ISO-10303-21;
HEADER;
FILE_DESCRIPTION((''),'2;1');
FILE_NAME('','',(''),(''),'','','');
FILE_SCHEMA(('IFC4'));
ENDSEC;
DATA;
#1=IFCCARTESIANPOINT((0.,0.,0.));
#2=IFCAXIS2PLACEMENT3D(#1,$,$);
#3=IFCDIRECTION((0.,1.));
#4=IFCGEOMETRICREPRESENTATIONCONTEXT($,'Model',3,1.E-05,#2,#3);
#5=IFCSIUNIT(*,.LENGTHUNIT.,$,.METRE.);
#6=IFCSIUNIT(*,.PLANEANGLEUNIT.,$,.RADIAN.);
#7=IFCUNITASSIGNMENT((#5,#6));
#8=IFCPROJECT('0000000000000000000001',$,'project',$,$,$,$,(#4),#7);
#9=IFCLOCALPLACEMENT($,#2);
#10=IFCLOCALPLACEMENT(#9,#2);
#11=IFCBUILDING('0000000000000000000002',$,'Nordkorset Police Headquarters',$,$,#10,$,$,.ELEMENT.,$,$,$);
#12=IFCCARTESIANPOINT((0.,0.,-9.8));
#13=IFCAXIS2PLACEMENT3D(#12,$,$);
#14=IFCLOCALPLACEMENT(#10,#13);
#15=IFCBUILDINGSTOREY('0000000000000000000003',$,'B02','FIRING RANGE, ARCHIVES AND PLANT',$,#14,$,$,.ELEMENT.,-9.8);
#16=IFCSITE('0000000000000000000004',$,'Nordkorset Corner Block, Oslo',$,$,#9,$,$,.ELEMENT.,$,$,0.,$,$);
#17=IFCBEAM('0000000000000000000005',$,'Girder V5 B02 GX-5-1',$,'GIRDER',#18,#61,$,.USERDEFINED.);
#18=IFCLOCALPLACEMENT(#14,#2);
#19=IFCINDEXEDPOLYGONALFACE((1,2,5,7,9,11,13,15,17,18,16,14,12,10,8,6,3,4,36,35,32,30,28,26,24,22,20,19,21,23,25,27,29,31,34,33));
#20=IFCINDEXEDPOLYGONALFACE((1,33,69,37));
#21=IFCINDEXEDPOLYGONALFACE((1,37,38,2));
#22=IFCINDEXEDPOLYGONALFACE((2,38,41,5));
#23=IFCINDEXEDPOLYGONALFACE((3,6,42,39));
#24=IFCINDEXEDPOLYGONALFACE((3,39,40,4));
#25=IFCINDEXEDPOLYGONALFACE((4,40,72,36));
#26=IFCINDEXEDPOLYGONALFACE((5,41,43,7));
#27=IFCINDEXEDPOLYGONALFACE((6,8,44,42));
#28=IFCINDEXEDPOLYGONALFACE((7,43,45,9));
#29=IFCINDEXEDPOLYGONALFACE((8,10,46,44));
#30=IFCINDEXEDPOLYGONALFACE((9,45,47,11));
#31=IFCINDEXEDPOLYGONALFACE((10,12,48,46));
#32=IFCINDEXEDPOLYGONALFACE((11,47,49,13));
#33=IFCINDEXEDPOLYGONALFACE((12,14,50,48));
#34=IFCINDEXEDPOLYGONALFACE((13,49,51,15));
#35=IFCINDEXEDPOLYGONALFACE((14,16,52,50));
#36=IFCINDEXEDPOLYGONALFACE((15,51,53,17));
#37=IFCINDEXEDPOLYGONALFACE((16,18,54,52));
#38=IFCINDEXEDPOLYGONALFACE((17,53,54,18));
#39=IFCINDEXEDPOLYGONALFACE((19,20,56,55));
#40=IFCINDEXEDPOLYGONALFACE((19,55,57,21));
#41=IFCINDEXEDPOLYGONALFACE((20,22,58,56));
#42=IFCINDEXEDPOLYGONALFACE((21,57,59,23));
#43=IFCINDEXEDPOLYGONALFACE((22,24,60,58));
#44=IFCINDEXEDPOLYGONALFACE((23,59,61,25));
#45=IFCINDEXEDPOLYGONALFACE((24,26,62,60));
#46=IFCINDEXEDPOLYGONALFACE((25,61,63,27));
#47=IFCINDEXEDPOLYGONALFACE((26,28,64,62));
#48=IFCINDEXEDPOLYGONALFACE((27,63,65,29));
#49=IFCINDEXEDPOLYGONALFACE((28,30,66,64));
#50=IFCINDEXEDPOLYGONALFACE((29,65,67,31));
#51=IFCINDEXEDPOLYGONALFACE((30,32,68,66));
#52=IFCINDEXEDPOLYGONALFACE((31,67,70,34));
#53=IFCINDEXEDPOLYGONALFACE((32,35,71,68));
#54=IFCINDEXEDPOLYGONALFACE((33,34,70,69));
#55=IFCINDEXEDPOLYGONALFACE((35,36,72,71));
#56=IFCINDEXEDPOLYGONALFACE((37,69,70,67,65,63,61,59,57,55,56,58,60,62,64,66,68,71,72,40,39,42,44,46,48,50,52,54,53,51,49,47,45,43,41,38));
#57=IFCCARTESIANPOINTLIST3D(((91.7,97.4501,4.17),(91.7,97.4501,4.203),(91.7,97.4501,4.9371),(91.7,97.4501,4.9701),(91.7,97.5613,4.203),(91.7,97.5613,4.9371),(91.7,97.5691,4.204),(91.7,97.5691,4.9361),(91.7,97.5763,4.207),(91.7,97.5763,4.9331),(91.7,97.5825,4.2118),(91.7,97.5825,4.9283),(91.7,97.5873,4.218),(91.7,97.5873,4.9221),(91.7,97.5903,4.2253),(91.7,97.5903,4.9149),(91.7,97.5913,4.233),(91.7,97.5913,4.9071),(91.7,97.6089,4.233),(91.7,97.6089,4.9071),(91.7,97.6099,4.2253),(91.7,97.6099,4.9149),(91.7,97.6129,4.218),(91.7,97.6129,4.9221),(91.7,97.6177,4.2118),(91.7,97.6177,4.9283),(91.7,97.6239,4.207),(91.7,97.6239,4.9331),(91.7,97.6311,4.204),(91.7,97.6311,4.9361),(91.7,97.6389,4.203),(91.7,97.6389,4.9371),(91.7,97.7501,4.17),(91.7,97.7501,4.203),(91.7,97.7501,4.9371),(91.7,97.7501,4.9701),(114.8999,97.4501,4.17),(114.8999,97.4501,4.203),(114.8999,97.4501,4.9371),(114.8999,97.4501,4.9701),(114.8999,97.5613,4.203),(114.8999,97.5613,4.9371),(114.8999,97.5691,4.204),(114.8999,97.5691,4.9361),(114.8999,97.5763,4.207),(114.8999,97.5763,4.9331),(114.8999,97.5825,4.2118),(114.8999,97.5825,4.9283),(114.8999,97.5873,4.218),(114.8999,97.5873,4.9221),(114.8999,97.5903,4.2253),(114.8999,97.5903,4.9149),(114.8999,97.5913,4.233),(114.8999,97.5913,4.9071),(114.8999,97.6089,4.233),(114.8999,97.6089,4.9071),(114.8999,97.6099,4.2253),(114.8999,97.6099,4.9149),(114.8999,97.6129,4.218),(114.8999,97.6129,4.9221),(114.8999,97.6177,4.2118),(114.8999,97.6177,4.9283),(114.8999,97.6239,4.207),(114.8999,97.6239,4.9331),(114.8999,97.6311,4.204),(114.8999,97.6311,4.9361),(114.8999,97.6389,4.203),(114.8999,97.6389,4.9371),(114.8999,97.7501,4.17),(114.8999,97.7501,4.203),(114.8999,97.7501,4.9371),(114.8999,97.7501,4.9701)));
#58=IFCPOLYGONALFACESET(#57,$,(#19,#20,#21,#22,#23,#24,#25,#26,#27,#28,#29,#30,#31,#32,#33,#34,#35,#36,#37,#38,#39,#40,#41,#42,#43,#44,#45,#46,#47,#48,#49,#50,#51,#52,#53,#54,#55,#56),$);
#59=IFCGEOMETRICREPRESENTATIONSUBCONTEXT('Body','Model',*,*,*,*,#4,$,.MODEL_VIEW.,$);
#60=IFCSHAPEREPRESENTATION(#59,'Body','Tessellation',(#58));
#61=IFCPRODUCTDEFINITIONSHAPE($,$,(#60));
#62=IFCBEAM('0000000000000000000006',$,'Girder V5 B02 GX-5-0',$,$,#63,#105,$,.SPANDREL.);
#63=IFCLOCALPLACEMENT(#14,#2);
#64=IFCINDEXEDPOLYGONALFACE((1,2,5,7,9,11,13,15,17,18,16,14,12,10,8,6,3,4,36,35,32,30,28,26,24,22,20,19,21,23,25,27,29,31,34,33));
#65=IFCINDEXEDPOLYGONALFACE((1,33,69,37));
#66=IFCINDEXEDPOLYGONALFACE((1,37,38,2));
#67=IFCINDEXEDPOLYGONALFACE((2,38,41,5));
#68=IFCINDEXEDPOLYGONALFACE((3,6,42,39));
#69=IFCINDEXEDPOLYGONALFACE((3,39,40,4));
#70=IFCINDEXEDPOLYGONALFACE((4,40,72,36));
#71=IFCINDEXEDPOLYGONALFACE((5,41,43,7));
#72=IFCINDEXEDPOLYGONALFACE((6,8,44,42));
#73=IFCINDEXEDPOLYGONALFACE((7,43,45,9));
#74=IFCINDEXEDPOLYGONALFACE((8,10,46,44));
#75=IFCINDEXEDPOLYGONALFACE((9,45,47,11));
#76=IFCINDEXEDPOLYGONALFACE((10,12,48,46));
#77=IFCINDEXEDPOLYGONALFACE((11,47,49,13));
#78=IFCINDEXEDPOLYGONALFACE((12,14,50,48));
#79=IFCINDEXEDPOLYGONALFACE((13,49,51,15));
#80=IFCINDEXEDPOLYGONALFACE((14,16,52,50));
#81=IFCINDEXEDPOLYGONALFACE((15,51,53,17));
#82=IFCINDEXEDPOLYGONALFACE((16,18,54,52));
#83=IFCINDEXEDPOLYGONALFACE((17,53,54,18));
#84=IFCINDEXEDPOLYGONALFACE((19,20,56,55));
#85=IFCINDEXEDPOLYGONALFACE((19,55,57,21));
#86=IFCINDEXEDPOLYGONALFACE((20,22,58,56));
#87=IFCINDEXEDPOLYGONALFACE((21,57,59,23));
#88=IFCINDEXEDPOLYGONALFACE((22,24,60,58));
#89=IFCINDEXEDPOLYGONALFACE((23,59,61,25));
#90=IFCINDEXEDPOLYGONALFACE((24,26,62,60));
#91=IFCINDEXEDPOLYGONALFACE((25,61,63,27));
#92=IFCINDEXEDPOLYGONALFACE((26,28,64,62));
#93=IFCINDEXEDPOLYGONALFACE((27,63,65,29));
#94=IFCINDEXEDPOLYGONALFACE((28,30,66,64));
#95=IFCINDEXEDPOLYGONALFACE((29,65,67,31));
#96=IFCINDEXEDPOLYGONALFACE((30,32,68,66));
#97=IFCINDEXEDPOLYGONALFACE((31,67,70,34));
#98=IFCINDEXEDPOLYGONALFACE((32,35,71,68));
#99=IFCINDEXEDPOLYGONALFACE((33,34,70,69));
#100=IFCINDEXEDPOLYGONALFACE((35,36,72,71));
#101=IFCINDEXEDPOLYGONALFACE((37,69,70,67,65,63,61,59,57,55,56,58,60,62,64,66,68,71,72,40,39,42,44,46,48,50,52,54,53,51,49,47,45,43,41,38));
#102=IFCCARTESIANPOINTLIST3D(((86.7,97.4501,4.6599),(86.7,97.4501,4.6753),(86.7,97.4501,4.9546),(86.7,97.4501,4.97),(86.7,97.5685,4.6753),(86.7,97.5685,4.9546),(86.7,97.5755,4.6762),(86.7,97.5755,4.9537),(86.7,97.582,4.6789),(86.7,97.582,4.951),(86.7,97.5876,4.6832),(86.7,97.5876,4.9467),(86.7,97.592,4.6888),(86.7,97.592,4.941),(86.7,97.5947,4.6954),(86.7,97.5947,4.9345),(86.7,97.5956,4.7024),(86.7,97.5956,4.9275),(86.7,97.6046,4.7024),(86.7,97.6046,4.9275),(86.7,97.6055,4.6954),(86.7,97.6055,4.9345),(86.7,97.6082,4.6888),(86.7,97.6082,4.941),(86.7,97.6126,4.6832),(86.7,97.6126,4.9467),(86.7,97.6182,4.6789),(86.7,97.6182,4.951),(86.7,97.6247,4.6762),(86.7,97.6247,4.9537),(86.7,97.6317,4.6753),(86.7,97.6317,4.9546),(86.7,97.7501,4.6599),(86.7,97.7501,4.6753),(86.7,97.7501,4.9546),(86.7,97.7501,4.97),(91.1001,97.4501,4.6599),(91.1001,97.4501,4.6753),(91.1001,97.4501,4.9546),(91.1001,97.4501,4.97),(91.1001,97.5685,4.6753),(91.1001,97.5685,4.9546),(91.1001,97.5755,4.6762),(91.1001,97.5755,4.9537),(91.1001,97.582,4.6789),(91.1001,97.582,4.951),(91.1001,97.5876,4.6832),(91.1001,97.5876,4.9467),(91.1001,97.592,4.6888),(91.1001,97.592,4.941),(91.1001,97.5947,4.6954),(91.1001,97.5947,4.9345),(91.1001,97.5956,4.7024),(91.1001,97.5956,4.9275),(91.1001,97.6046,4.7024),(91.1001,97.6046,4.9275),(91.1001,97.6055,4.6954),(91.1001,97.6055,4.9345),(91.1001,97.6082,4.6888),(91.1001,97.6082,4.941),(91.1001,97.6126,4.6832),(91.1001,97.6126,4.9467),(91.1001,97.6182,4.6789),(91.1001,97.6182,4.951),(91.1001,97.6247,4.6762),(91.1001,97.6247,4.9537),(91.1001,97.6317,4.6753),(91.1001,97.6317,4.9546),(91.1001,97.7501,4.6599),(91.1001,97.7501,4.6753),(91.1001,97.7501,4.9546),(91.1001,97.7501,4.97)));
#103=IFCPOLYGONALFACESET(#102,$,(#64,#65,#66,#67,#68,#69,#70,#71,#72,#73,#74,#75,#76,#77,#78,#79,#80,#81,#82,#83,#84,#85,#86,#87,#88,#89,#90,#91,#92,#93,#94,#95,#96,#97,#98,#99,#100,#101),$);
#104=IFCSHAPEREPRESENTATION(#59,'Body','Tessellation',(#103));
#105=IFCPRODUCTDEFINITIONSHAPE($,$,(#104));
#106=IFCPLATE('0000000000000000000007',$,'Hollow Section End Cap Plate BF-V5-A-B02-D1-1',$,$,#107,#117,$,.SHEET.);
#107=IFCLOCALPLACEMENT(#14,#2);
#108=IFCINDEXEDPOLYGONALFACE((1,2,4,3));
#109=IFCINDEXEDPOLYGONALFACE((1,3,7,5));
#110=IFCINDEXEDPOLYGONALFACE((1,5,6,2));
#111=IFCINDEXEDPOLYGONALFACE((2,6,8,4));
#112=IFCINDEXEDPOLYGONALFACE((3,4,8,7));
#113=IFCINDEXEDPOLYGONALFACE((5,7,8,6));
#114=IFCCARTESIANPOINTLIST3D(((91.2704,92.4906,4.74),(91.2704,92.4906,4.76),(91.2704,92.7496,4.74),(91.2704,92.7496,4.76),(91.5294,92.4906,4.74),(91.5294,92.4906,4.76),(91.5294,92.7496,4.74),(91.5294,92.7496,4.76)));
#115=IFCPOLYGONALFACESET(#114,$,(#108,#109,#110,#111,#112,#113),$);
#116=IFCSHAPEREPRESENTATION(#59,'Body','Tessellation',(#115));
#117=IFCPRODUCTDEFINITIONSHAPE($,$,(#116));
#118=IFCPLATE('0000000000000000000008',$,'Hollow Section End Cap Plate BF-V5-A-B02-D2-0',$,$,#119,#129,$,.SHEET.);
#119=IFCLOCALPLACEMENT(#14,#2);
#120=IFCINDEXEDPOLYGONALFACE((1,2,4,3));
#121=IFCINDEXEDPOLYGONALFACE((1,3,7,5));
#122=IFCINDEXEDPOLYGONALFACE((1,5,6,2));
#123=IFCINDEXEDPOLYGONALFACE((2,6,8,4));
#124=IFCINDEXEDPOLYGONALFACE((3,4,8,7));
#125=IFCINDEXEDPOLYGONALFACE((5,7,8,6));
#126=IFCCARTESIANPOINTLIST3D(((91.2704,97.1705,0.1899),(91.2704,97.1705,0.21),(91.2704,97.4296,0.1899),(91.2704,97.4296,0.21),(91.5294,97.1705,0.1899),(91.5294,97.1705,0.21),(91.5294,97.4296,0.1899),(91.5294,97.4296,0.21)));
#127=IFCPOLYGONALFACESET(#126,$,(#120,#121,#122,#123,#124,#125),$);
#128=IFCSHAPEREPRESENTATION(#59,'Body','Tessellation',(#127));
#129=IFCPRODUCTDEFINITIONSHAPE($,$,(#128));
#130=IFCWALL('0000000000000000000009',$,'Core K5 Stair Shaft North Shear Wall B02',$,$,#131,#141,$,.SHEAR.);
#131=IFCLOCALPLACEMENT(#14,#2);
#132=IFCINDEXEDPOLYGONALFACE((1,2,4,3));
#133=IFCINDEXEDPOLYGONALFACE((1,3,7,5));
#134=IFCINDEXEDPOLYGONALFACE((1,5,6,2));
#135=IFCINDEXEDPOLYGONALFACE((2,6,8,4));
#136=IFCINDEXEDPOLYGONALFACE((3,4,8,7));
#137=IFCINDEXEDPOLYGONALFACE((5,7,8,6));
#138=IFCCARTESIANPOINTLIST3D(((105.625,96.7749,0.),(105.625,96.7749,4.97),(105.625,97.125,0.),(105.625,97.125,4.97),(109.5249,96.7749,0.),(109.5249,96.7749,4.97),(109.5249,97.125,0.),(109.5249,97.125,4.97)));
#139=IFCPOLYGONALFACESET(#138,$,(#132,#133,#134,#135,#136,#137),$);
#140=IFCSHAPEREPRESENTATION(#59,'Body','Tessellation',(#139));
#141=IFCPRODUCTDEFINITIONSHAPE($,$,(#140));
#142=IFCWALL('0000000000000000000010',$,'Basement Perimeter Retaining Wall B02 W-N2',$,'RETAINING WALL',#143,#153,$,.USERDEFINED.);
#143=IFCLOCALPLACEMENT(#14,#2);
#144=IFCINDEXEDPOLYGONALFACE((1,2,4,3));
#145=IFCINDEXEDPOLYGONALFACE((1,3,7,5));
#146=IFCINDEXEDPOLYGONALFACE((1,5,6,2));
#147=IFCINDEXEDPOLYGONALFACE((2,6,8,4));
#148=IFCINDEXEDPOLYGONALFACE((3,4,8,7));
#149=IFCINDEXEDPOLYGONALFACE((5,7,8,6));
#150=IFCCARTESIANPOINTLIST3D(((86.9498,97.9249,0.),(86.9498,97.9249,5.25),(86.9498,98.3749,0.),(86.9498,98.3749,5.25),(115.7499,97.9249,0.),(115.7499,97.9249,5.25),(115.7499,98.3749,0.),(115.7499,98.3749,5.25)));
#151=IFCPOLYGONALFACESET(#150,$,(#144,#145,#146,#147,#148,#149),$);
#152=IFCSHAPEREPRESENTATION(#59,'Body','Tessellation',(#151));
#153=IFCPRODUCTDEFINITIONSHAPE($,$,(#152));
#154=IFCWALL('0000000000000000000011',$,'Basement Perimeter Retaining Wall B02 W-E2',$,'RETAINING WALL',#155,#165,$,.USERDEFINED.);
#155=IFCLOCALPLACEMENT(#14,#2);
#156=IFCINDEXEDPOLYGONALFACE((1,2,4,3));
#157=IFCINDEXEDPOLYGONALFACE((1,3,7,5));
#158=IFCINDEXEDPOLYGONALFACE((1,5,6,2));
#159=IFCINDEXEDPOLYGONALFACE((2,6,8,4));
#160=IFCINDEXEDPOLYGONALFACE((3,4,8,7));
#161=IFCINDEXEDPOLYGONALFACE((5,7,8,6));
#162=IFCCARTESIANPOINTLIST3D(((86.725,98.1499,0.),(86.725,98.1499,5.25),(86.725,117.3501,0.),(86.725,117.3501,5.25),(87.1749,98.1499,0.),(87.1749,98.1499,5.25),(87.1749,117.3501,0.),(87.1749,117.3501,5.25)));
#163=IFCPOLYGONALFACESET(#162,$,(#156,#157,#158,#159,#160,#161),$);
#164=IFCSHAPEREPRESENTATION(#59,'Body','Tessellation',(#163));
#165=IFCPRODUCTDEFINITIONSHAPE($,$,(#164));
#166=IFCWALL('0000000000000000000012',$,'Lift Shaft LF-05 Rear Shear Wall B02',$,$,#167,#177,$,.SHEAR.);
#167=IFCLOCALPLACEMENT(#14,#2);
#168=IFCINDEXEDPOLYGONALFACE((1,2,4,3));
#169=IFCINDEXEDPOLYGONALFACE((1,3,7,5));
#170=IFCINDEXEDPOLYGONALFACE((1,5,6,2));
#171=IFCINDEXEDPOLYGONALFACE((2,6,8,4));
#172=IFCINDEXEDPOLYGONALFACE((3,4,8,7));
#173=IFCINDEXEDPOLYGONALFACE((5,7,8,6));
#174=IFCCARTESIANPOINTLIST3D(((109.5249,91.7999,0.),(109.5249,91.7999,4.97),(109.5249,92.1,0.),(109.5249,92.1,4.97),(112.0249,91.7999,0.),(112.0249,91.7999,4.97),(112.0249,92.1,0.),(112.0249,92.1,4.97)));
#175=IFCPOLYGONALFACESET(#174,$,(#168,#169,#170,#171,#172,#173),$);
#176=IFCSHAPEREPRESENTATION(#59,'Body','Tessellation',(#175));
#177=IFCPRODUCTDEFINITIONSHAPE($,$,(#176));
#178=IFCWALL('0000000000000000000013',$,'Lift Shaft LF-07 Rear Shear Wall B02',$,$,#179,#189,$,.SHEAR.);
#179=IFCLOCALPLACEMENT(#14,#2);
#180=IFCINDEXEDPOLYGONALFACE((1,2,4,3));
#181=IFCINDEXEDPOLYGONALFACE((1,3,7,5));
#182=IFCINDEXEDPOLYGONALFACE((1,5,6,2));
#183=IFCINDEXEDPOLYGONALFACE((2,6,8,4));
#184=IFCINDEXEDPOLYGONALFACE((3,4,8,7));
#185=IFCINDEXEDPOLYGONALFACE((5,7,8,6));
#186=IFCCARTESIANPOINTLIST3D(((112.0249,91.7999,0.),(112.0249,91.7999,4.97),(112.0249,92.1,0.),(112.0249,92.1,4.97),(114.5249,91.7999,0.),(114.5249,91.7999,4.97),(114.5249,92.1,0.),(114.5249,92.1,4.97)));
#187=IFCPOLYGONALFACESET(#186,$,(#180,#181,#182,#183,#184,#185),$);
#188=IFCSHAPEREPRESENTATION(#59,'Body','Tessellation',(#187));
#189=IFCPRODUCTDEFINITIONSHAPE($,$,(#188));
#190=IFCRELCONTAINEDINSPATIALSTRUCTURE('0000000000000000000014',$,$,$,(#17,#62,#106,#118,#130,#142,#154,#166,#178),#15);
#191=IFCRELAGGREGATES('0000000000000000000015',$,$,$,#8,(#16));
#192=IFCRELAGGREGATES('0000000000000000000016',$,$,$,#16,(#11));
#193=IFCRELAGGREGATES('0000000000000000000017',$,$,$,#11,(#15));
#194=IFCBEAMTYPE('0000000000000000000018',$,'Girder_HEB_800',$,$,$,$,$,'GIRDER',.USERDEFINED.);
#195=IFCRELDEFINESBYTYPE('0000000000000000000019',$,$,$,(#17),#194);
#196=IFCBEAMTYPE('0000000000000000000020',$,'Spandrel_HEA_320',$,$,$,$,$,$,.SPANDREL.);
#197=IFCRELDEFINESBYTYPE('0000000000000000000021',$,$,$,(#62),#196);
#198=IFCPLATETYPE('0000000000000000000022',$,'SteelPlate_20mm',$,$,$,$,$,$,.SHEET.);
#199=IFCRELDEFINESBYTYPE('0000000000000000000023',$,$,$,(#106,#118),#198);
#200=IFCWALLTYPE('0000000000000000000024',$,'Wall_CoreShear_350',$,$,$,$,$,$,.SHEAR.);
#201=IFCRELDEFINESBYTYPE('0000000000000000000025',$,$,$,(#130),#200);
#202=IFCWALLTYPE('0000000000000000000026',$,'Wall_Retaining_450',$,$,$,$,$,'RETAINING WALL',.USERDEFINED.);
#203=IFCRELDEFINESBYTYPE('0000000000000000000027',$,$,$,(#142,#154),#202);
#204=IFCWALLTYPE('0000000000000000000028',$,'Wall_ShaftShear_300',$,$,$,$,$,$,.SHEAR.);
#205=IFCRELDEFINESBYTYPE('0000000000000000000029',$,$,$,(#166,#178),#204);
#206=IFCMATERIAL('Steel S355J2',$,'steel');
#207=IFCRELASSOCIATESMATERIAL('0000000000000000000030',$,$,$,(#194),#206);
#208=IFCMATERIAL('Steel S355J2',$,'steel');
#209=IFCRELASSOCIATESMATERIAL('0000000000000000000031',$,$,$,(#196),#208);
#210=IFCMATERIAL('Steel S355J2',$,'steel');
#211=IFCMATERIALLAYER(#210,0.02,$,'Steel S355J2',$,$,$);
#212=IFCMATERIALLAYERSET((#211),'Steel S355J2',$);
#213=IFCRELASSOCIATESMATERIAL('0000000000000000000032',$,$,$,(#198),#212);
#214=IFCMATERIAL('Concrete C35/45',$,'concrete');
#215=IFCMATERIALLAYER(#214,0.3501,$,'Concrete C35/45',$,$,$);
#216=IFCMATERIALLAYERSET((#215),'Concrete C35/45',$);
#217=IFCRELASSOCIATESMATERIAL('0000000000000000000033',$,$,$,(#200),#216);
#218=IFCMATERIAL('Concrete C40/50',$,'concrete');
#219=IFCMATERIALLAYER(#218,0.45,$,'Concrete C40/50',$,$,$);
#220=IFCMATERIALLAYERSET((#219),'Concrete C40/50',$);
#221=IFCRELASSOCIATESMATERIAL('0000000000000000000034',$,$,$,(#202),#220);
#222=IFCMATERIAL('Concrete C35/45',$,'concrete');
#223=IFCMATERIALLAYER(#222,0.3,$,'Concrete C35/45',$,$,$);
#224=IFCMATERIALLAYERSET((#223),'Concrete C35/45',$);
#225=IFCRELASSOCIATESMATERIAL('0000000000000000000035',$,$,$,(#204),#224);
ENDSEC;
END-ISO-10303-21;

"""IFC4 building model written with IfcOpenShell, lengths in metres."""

from ifc_helpers import new_model, si_unit, direction, frame, frame_2d, origin, origin_2d, place, context, subcontext, project, spatial, rectangle, i_section, extrude, material, layer, layer_set, material_profile, profile_set, type_object, element, save


model = new_model("IFC4")

# Units and contexts
model_context = context("Model", 3, precision=1e-05, world=origin(), true_north=direction((0.0, 1.0)))
body_context = subcontext(model_context, "Body", "Model", "MODEL_VIEW")
ifc_project = project(units=[si_unit("LENGTHUNIT", "METRE"), si_unit("PLANEANGLEUNIT", "RADIAN")], contexts=[model_context])

# Site, building, storey
site_placement = place(None, origin())
site = spatial("IfcSite", under=ifc_project, at=site_placement, Name="Nordkorset Corner Block, Oslo", CompositionType="ELEMENT", RefElevation=0.0)
building_placement = place(site_placement, origin())
building = spatial("IfcBuilding", under=site, at=building_placement, Name="Nordkorset Police Headquarters", CompositionType="ELEMENT")
storey_placement = place(building_placement, frame((0.0, 0.0, -9.8)))
storey = spatial("IfcBuildingStorey", under=building, at=storey_placement, Name="B02", Description="FIRING RANGE, ARCHIVES AND PLANT", CompositionType="ELEMENT", Elevation=-9.8)

# Beams
ifc_material_1 = material(Name="Steel S355J2", Category="steel")
ifc_material_profile_1 = material_profile(ifc_material_1, i_section(OverallWidth=0.3, OverallDepth=0.8, WebThickness=0.0176, FlangeThickness=0.033, FilletRadius=0.03, at=origin_2d()), Name="HEB 800")
ifc_profile_set_1 = profile_set([ifc_material_profile_1], Name="Steel S355J2")
beam_type_1 = type_object("IfcBeamType", Name="Girder_HEB_800", ElementType="GIRDER", PredefinedType="USERDEFINED", material=ifc_profile_set_1)
beam_1_placement = place(storey_placement, frame((91.7, 97.6001, 4.5701), z_axis=(1.0, 0.0, 0.0), x_axis=(0.0, 1.0, 0.0)))
element("IfcBeam", 1, at=beam_1_placement, inside=storey, type_object=beam_type_1, Name="Girder V5 B02 GX-5-1", ObjectType="GIRDER", PredefinedType="USERDEFINED", context=body_context, shape_type="SweptSolid", body=[
    extrude(i_section(OverallWidth=0.3, OverallDepth=0.8, WebThickness=0.0176, FlangeThickness=0.033, FilletRadius=0.03, at=origin_2d()), origin(), (0.0, 0.0, 1.0), 23.2),
])
ifc_material_2 = material(Name="Steel S355J2", Category="steel")
ifc_material_profile_2 = material_profile(ifc_material_2, i_section(OverallWidth=0.3, OverallDepth=0.3101, WebThickness=0.009, FlangeThickness=0.0154, FilletRadius=0.0271, at=origin_2d()), Name="HEA 320")
ifc_profile_set_2 = profile_set([ifc_material_profile_2], Name="Steel S355J2")
beam_type_2 = type_object("IfcBeamType", Name="Spandrel_HEA_320", PredefinedType="SPANDREL", material=ifc_profile_set_2)
beam_2_placement = place(storey_placement, frame((86.7, 97.6001, 4.8149), z_axis=(1.0, 0.0, 0.0), x_axis=(0.0, 1.0, 0.0)))
element("IfcBeam", 2, at=beam_2_placement, inside=storey, type_object=beam_type_2, Name="Girder V5 B02 GX-5-0", PredefinedType="SPANDREL", context=body_context, shape_type="SweptSolid", body=[
    extrude(i_section(OverallWidth=0.3, OverallDepth=0.3101, WebThickness=0.009, FlangeThickness=0.0154, FilletRadius=0.0271, at=origin_2d()), origin(), (0.0, 0.0, 1.0), 4.4001),
])

# Plates
ifc_material_3 = material(Name="Steel S355J2", Category="steel")
ifc_layer_1 = layer(ifc_material_3, 0.02, Name="Steel S355J2")
ifc_layer_set_1 = layer_set([ifc_layer_1], Name="Steel S355J2")
plate_type = type_object("IfcPlateType", Name="SteelPlate_20mm", PredefinedType="SHEET", material=ifc_layer_set_1)
for number, where, z_axis, x_axis, name in (
    (3, (91.3999, 92.6201, 4.74), (0.0, 0.0, 1.0), (1.0, 0.0, 0.0), "Hollow Section End Cap Plate BF-V5-A-B02-D1-1"),
    (4, (91.3999, 97.3, 0.1899), (0.0, 0.0, 1.0), (1.0, 0.0, 0.0), "Hollow Section End Cap Plate BF-V5-A-B02-D2-0"),
):
    element("IfcPlate", number, at=place(storey_placement, frame(where, z_axis=z_axis, x_axis=x_axis)), inside=storey, type_object=plate_type, Name=name, PredefinedType="SHEET", context=body_context, shape_type="SweptSolid", body=[
        extrude(rectangle(XDim=0.259, YDim=0.259, at=origin_2d()), origin(), (0.0, 0.0, 1.0), 0.02),
    ])

# Walls
ifc_material_4 = material(Name="Concrete C35/45", Category="concrete")
ifc_layer_2 = layer(ifc_material_4, 0.3501, Name="Concrete C35/45")
ifc_layer_set_2 = layer_set([ifc_layer_2], Name="Concrete C35/45")
wall_type_1 = type_object("IfcWallType", Name="Wall_CoreShear_350", PredefinedType="SHEAR", material=ifc_layer_set_2)
wall_1_placement = place(storey_placement, frame((105.625, 96.95, 0.0), z_axis=(0.0, 0.0, 1.0), x_axis=(1.0, 0.0, 0.0)))
element("IfcWall", 5, at=wall_1_placement, inside=storey, type_object=wall_type_1, Name="Core K5 Stair Shaft North Shear Wall B02", PredefinedType="SHEAR", context=body_context, shape_type="SweptSolid", body=[
    extrude(rectangle(XDim=3.8999, YDim=0.3501, at=frame_2d((1.95, 0.0))), origin(), (0.0, 0.0, 1.0), 4.97),
])
ifc_material_5 = material(Name="Concrete C40/50", Category="concrete")
ifc_layer_3 = layer(ifc_material_5, 0.45, Name="Concrete C40/50")
ifc_layer_set_3 = layer_set([ifc_layer_3], Name="Concrete C40/50")
wall_type_2 = type_object("IfcWallType", Name="Wall_Retaining_450", ElementType="RETAINING WALL", PredefinedType="USERDEFINED", material=ifc_layer_set_3)
wall_2_placement = place(storey_placement, frame((86.95, 98.1499, 0.0), z_axis=(0.0, 0.0, 1.0), x_axis=(1.0, 0.0, 0.0)))
element("IfcWall", 6, at=wall_2_placement, inside=storey, type_object=wall_type_2, Name="Basement Perimeter Retaining Wall B02 W-N2", ObjectType="RETAINING WALL", PredefinedType="USERDEFINED", context=body_context, shape_type="SweptSolid", body=[
    extrude(rectangle(XDim=28.8, YDim=0.45, at=frame_2d((14.3999, 0.0))), origin(), (0.0, 0.0, 1.0), 5.25),
])
wall_3_placement = place(storey_placement, frame((86.95, 98.1499, 0.0), z_axis=(0.0, 0.0, 1.0), x_axis=(0.0, 1.0, 0.0)))
element("IfcWall", 7, at=wall_3_placement, inside=storey, type_object=wall_type_2, Name="Basement Perimeter Retaining Wall B02 W-E2", ObjectType="RETAINING WALL", PredefinedType="USERDEFINED", context=body_context, shape_type="SweptSolid", body=[
    extrude(rectangle(XDim=19.2002, YDim=0.45, at=frame_2d((9.6001, 0.0))), origin(), (0.0, 0.0, 1.0), 5.25),
])
ifc_material_6 = material(Name="Concrete C35/45", Category="concrete")
ifc_layer_4 = layer(ifc_material_6, 0.3, Name="Concrete C35/45")
ifc_layer_set_4 = layer_set([ifc_layer_4], Name="Concrete C35/45")
wall_type_3 = type_object("IfcWallType", Name="Wall_ShaftShear_300", PredefinedType="SHEAR", material=ifc_layer_set_4)
for number, where, z_axis, x_axis, name in (
    (8, (109.5249, 91.95, 0.0), (0.0, 0.0, 1.0), (1.0, 0.0, 0.0), "Lift Shaft LF-05 Rear Shear Wall B02"),
    (9, (112.0249, 91.95, 0.0), (0.0, 0.0, 1.0), (1.0, 0.0, 0.0), "Lift Shaft LF-07 Rear Shear Wall B02"),
):
    element("IfcWall", number, at=place(storey_placement, frame(where, z_axis=z_axis, x_axis=x_axis)), inside=storey, type_object=wall_type_3, Name=name, PredefinedType="SHEAR", context=body_context, shape_type="SweptSolid", body=[
        extrude(rectangle(XDim=2.5, YDim=0.3, at=frame_2d((1.25, 0.0))), origin(), (0.0, 0.0, 1.0), 4.97),
    ])

save(model, "model.ifc")
